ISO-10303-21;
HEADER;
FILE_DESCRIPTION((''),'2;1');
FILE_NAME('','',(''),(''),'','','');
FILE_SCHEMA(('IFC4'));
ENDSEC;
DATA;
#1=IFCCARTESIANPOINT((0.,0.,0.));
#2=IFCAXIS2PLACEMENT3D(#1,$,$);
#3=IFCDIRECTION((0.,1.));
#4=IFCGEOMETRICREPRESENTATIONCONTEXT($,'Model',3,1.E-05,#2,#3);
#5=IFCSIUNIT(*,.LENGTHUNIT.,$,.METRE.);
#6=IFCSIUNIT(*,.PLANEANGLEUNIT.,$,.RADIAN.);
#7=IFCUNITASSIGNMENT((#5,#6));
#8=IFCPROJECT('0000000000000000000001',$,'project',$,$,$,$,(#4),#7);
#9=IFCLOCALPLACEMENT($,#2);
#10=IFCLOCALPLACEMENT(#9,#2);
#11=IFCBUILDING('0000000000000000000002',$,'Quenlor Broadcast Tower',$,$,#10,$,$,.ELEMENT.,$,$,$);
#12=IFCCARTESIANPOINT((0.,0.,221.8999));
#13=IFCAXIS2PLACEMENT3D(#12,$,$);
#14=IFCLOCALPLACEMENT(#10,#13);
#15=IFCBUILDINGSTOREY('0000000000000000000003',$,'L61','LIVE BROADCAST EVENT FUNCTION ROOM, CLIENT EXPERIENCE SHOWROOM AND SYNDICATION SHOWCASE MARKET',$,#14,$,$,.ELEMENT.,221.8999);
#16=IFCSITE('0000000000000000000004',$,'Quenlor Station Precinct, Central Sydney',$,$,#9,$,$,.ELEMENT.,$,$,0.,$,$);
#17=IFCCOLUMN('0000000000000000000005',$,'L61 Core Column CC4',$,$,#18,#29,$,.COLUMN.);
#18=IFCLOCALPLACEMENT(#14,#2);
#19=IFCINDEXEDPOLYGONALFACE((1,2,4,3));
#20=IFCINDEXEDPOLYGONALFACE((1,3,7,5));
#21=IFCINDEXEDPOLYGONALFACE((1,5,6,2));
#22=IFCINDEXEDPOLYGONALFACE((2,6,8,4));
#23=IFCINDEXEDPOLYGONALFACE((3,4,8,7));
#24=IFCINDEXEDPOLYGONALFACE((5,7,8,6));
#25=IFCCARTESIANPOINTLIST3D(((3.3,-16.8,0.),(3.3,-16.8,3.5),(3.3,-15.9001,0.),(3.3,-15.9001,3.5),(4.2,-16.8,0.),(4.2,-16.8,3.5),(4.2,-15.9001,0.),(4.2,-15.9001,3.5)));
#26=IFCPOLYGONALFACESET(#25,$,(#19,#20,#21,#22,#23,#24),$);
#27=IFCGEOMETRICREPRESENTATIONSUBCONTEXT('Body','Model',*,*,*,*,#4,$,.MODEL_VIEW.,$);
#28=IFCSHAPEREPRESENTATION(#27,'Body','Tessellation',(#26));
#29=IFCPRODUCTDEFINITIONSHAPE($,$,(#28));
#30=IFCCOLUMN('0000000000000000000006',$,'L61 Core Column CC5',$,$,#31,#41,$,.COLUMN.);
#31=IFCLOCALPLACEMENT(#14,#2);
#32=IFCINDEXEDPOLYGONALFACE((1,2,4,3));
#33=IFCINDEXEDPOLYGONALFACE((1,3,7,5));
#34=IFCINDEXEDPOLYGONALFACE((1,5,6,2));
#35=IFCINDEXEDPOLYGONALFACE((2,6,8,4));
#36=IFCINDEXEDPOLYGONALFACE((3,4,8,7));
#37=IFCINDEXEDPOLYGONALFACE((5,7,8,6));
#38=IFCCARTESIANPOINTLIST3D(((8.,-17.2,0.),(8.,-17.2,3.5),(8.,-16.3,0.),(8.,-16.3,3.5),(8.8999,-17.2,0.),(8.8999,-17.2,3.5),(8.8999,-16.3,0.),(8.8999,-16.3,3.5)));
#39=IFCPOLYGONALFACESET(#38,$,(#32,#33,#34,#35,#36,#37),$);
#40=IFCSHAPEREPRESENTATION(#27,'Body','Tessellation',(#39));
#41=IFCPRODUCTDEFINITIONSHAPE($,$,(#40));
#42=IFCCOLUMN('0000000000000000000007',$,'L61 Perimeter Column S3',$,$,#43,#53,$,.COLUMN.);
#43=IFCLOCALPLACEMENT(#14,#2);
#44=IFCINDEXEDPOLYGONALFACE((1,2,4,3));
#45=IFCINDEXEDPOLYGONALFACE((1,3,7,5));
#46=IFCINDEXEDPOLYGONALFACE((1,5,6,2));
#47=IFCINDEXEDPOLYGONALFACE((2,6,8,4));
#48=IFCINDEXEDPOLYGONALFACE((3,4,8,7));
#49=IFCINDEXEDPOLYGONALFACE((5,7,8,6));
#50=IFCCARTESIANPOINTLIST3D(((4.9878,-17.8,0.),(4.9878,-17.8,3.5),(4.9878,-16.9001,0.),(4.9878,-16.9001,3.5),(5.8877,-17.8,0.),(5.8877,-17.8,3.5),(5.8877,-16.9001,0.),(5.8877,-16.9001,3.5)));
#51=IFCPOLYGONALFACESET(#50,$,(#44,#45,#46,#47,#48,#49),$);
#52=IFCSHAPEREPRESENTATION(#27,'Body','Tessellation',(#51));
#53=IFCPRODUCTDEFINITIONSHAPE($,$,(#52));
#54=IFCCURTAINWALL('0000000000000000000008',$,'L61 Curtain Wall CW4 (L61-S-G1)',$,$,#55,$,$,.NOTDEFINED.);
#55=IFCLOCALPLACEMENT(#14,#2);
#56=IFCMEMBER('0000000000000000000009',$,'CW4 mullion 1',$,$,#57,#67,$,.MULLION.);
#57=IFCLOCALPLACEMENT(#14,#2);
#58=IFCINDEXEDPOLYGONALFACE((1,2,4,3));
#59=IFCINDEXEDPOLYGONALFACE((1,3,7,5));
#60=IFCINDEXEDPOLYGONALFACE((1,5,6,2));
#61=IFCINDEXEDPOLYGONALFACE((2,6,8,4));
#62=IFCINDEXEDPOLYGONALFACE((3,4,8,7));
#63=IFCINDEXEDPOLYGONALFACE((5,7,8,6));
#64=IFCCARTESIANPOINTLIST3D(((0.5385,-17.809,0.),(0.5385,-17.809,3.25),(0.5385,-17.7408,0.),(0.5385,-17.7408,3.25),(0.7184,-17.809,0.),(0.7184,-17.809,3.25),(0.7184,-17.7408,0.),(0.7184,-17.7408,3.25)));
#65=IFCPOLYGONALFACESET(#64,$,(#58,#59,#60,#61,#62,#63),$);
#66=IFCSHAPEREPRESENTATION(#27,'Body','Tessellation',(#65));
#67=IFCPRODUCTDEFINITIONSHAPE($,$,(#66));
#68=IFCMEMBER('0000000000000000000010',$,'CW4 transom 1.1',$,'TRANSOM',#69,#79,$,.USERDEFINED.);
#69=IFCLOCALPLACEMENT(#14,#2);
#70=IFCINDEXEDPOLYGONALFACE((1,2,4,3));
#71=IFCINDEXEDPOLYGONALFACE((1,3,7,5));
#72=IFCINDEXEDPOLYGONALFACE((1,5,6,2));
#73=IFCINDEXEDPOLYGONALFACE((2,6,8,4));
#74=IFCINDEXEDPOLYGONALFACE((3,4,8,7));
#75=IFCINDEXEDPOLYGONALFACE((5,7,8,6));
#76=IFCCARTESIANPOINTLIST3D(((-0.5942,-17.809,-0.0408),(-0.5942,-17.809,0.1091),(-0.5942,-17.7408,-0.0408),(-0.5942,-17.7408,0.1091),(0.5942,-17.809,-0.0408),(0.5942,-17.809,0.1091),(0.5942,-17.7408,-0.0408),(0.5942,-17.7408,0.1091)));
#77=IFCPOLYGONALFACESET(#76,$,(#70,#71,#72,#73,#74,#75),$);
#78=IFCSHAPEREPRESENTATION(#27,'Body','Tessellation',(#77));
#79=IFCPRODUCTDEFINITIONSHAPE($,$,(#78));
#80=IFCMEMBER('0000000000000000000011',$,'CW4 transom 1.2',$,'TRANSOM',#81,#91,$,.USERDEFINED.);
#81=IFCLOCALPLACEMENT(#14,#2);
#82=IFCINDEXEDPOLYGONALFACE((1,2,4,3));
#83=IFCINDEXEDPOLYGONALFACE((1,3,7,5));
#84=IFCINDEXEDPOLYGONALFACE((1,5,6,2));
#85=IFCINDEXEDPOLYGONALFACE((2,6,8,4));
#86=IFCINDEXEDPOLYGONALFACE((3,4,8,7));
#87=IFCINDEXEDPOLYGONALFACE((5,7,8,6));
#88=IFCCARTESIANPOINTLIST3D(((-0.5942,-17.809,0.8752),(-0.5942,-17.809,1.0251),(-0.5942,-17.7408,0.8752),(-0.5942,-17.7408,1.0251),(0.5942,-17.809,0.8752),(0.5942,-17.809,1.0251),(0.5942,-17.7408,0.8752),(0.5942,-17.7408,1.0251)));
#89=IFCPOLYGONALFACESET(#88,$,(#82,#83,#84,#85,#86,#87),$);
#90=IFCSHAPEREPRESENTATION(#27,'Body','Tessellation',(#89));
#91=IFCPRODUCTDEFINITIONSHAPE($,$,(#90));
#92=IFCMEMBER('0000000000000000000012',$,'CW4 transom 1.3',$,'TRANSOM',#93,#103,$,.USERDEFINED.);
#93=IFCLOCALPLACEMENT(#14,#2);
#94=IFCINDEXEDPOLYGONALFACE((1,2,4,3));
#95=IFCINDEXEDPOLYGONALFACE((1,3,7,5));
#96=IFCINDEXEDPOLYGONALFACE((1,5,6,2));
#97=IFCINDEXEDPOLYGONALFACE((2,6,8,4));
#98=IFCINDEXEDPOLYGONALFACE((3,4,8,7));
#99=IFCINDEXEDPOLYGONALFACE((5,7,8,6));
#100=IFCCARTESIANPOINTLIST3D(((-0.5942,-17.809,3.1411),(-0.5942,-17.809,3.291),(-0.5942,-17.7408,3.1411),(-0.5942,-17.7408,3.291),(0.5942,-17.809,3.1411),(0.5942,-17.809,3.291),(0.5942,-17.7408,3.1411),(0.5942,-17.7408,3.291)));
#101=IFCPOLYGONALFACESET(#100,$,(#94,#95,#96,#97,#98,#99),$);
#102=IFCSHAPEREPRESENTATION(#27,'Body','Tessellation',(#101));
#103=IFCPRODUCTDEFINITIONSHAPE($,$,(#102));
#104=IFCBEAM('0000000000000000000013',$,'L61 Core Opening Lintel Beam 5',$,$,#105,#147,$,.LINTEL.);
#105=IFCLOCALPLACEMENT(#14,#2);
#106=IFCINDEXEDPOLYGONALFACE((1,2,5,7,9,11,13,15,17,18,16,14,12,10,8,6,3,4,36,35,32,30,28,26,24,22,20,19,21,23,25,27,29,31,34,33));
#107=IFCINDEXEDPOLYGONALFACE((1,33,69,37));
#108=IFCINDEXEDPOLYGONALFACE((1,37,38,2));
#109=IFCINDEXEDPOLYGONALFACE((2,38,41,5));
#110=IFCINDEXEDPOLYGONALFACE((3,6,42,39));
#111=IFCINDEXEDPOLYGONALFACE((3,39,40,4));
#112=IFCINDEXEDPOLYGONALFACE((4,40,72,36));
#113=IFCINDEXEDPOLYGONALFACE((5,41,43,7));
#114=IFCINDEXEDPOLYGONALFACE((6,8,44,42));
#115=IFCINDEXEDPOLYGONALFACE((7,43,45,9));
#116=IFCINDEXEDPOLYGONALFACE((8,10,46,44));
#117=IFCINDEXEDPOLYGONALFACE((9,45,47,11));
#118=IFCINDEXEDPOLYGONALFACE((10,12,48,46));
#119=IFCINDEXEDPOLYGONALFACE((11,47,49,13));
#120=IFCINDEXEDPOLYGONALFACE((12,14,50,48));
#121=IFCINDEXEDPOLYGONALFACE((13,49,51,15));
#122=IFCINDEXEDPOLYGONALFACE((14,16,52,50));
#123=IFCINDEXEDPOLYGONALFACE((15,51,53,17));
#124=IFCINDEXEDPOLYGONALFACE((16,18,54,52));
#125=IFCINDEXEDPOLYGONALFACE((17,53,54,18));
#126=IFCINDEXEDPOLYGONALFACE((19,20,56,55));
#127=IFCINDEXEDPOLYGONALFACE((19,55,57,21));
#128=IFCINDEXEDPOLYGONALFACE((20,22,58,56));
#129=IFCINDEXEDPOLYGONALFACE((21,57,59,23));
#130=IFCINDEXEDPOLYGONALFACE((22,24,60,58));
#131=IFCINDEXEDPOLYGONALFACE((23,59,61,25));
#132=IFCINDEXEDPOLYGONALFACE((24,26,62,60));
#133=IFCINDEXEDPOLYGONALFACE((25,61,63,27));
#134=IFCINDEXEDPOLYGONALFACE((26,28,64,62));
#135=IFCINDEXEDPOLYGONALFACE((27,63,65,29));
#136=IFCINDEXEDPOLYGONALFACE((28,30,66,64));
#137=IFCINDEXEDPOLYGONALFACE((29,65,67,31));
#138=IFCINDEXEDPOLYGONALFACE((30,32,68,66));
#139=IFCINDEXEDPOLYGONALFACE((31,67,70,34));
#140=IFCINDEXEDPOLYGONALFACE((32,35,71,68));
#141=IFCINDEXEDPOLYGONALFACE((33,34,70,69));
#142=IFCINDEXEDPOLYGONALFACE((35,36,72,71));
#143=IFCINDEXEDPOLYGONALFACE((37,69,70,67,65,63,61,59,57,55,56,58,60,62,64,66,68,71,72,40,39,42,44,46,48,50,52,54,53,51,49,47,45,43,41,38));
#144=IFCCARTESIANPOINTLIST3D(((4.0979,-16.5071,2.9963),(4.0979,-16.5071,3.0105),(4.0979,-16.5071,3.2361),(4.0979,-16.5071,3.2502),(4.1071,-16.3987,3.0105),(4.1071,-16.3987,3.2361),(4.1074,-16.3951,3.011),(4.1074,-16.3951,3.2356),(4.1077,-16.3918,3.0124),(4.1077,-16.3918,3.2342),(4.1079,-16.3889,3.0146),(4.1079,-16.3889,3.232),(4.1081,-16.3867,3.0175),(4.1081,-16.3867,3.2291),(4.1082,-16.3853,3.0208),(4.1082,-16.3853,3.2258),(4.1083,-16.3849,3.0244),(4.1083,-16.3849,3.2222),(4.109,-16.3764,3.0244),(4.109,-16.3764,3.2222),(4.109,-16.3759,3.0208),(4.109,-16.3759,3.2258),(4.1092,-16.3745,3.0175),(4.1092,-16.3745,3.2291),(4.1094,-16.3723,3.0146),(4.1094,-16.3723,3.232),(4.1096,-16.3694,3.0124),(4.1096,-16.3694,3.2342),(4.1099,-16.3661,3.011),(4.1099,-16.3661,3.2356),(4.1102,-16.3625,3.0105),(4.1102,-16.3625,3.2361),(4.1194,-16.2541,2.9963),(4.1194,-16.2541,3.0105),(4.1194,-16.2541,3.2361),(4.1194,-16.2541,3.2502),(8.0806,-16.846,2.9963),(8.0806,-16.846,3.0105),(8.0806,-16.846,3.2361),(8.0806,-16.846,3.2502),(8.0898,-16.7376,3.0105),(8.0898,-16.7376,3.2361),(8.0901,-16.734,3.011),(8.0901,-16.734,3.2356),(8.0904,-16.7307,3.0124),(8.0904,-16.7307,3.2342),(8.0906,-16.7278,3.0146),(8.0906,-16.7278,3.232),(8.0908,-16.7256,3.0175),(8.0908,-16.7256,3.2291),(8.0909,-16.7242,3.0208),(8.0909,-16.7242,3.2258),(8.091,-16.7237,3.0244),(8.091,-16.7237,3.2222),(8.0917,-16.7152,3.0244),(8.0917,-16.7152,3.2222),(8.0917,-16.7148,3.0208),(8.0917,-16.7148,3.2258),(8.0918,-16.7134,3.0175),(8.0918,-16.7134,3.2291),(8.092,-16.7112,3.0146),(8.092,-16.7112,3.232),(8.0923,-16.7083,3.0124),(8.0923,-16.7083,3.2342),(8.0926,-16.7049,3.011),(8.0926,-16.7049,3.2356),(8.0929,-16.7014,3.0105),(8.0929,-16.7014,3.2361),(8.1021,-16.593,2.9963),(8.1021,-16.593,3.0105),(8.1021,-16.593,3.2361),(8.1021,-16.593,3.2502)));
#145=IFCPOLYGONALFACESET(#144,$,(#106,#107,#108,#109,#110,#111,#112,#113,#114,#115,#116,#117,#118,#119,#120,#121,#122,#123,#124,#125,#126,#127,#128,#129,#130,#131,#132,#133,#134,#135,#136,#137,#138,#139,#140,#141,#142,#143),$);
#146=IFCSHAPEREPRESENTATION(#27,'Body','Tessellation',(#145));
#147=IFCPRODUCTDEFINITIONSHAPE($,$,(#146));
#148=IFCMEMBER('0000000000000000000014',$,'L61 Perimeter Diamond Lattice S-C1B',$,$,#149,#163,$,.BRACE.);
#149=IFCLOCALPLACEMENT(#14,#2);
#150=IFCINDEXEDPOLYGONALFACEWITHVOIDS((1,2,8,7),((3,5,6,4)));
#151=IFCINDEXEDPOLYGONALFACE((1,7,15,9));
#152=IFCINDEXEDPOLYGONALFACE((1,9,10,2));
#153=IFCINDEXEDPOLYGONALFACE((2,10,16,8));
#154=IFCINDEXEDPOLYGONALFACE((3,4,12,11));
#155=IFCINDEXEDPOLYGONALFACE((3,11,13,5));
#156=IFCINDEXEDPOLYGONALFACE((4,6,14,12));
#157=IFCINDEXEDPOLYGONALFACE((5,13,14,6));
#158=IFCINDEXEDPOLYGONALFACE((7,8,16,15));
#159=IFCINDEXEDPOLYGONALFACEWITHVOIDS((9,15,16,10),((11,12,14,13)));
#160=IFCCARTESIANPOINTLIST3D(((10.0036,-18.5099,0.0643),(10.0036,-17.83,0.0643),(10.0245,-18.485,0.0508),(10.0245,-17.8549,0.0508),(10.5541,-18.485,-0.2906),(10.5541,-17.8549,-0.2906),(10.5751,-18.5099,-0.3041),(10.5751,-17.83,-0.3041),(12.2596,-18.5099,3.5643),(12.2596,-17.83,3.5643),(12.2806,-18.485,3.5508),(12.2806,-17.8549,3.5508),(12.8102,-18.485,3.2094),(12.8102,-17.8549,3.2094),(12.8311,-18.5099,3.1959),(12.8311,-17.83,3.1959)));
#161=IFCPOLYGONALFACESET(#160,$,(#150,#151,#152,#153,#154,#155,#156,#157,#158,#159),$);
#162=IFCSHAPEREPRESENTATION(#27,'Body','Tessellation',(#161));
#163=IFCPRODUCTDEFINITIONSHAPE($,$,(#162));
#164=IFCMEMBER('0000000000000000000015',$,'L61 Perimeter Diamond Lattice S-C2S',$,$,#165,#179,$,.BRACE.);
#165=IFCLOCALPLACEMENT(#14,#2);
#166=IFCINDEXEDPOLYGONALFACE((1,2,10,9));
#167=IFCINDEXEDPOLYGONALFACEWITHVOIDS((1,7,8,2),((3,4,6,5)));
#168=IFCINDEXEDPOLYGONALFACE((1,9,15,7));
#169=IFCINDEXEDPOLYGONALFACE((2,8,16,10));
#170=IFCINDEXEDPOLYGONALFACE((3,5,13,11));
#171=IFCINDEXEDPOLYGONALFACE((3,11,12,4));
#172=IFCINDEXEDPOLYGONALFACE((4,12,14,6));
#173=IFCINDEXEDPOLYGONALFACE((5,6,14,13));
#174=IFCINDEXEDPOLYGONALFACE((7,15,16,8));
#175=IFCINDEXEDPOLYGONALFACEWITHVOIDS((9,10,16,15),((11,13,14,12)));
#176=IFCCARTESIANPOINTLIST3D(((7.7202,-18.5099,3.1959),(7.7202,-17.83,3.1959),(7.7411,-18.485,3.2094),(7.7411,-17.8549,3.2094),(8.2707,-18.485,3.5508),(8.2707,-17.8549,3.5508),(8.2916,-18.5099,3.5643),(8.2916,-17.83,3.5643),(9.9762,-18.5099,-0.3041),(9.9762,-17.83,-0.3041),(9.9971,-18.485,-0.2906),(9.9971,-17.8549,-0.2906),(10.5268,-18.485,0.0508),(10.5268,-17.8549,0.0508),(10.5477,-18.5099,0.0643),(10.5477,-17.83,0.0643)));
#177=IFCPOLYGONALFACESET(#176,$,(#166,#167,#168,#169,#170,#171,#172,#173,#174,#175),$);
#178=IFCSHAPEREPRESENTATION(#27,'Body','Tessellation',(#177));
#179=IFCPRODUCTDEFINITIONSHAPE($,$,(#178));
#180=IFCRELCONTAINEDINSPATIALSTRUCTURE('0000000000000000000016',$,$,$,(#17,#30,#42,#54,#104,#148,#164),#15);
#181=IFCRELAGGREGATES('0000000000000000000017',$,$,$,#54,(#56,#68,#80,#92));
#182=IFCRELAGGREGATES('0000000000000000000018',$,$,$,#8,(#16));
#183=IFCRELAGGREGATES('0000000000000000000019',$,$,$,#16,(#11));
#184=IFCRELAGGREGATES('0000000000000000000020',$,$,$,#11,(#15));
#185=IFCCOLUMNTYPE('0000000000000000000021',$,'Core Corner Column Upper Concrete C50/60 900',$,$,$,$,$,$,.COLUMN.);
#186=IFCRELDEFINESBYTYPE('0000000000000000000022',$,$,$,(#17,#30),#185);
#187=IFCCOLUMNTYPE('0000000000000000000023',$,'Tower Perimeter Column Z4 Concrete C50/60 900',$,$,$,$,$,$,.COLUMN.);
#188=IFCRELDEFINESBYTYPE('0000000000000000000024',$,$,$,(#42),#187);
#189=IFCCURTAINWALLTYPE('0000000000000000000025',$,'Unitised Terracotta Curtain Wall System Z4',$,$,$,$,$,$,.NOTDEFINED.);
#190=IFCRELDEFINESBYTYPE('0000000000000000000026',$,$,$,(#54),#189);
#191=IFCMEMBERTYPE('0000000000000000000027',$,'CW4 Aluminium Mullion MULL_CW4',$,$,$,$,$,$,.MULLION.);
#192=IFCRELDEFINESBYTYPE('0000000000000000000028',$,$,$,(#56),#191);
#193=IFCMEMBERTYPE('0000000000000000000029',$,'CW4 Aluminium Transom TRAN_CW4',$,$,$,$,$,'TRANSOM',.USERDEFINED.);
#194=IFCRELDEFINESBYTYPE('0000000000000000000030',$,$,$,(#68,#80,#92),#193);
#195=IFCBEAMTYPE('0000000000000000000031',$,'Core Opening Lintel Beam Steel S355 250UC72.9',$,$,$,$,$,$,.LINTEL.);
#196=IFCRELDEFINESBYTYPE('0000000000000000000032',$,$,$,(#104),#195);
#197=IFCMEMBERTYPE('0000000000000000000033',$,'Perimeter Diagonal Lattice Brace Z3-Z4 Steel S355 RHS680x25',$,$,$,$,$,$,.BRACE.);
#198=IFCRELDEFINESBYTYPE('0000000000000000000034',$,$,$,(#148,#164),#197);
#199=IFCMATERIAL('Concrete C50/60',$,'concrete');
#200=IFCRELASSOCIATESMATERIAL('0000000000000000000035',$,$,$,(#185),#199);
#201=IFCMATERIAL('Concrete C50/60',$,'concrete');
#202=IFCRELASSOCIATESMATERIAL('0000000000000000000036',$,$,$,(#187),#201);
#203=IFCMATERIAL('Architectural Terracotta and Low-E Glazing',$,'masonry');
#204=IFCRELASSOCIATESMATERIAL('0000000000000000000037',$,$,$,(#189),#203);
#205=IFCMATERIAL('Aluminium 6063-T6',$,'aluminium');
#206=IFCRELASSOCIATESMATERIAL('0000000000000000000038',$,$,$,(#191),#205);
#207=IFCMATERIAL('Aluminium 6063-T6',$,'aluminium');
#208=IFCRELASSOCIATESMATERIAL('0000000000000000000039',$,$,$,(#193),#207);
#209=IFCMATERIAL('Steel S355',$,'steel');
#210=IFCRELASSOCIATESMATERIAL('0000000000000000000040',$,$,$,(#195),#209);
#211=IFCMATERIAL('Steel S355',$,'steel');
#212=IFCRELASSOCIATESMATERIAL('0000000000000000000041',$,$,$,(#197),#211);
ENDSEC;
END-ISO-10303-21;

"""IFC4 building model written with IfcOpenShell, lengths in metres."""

from ifc_helpers import new_model, si_unit, direction, frame, origin, origin_2d, place, context, subcontext, project, spatial, rectangle, hollow_rectangle, i_section, extrude, material, material_profile, profile_set, type_object, element, aggregate, save


model = new_model("IFC4")

# Units and contexts
model_context = context("Model", 3, precision=1e-05, world=origin(), true_north=direction((0.0, 1.0)))
body_context = subcontext(model_context, "Body", "Model", "MODEL_VIEW")
ifc_project = project(units=[si_unit("LENGTHUNIT", "METRE"), si_unit("PLANEANGLEUNIT", "RADIAN")], contexts=[model_context])

# Site, building, storey
site_placement = place(None, origin())
site = spatial("IfcSite", under=ifc_project, at=site_placement, Name="Quenlor Station Precinct, Central Sydney", CompositionType="ELEMENT", RefElevation=0.0)
building_placement = place(site_placement, origin())
building = spatial("IfcBuilding", under=site, at=building_placement, Name="Quenlor Broadcast Tower", CompositionType="ELEMENT")
storey_placement = place(building_placement, frame((0.0, 0.0, 221.8999)))
storey = spatial("IfcBuildingStorey", under=building, at=storey_placement, Name="L61", Description="LIVE BROADCAST EVENT FUNCTION ROOM, CLIENT EXPERIENCE SHOWROOM AND SYNDICATION SHOWCASE MARKET", CompositionType="ELEMENT", Elevation=221.8999)

# Columns
ifc_material_1 = material(Name="Concrete C50/60", Category="concrete")
ifc_material_profile_1 = material_profile(ifc_material_1, rectangle(XDim=0.8999, YDim=0.8999, at=origin_2d()))
ifc_profile_set_1 = profile_set([ifc_material_profile_1], Name="Concrete C50/60 RC900x900")
column_type_1 = type_object("IfcColumnType", Name="Core Corner Column Upper Concrete C50/60 900", PredefinedType="COLUMN", material=ifc_profile_set_1)
for number, where, z_axis, x_axis, name in (
    (1, (3.75, -16.3501, 0.0), (0.0, 0.0, 1.0), (1.0, 0.0, 0.0), "L61 Core Column CC4"),
    (2, (8.45, -16.75, 0.0), (0.0, 0.0, 1.0), (1.0, 0.0, 0.0), "L61 Core Column CC5"),
):
    element("IfcColumn", number, at=place(storey_placement, frame(where, z_axis=z_axis, x_axis=x_axis)), inside=storey, type_object=column_type_1, Name=name, PredefinedType="COLUMN", context=body_context, shape_type="SweptSolid", body=[
        extrude(rectangle(XDim=0.8999, YDim=0.8999, at=origin_2d()), origin(), (0.0, 0.0, 1.0), 3.5),
    ])
ifc_material_2 = material(Name="Concrete C50/60", Category="concrete")
ifc_material_profile_2 = material_profile(ifc_material_2, rectangle(XDim=0.8999, YDim=0.8999, at=origin_2d()))
ifc_profile_set_2 = profile_set([ifc_material_profile_2], Name="Concrete C50/60 RC900x900")
column_type_2 = type_object("IfcColumnType", Name="Tower Perimeter Column Z4 Concrete C50/60 900", PredefinedType="COLUMN", material=ifc_profile_set_2)
column_placement = place(storey_placement, frame((5.4377, -17.3501, 0.0), z_axis=(0.0, 0.0, 1.0), x_axis=(0.0, 1.0, 0.0)))
element("IfcColumn", 3, at=column_placement, inside=storey, type_object=column_type_2, Name="L61 Perimeter Column S3", PredefinedType="COLUMN", context=body_context, shape_type="SweptSolid", body=[
    extrude(rectangle(XDim=0.8999, YDim=0.8999, at=origin_2d()), origin(), (0.0, 0.0, 1.0), 3.5),
])

# Curtain wall, members
ifc_material_3 = material(Name="Architectural Terracotta and Low-E Glazing", Category="masonry")
curtain_wall_type = type_object("IfcCurtainWallType", Name="Unitised Terracotta Curtain Wall System Z4", PredefinedType="NOTDEFINED", material=ifc_material_3)
curtain_wall_placement = place(storey_placement, origin())
curtain_wall = element("IfcCurtainWall", 4, at=curtain_wall_placement, inside=storey, type_object=curtain_wall_type, Name="L61 Curtain Wall CW4 (L61-S-G1)", PredefinedType="NOTDEFINED")
ifc_material_4 = material(Name="Aluminium 6063-T6", Category="aluminium")
ifc_material_profile_3 = material_profile(ifc_material_4, rectangle(XDim=0.0681, YDim=0.1799, at=origin_2d()))
ifc_profile_set_3 = profile_set([ifc_material_profile_3], Name="Aluminium 6063-T6 MULL68x180")
member_type_1 = type_object("IfcMemberType", Name="CW4 Aluminium Mullion MULL_CW4", PredefinedType="MULLION", material=ifc_profile_set_3)
member_1_placement = place(storey_placement, frame((0.6284, -17.7749, 0.0), z_axis=(0.0, 0.0, 1.0), x_axis=(0.0, -1.0, 0.0)))
member_1 = element("IfcMember", 5, at=member_1_placement, type_object=member_type_1, Name="CW4 mullion 1", PredefinedType="MULLION", context=body_context, shape_type="SweptSolid", body=[
    extrude(rectangle(XDim=0.0681, YDim=0.1799, at=origin_2d()), origin(), (0.0, 0.0, 1.0), 3.25),
])
ifc_material_5 = material(Name="Aluminium 6063-T6", Category="aluminium")
ifc_material_profile_4 = material_profile(ifc_material_5, rectangle(XDim=0.0681, YDim=0.1499, at=origin_2d()))
ifc_profile_set_4 = profile_set([ifc_material_profile_4], Name="Aluminium 6063-T6 TRAN68x150")
member_type_2 = type_object("IfcMemberType", Name="CW4 Aluminium Transom TRAN_CW4", ElementType="TRANSOM", PredefinedType="USERDEFINED", material=ifc_profile_set_4)
member_2_placement = place(storey_placement, frame((0.5942, -17.7749, 0.0342), z_axis=(-1.0, 0.0, 0.0), x_axis=(0.0, -1.0, 0.0)))
member_2 = element("IfcMember", 6, at=member_2_placement, type_object=member_type_2, Name="CW4 transom 1.1", ObjectType="TRANSOM", PredefinedType="USERDEFINED", context=body_context, shape_type="SweptSolid", body=[
    extrude(rectangle(XDim=0.0681, YDim=0.1499, at=origin_2d()), origin(), (0.0, 0.0, 1.0), 1.1885),
])
member_3_placement = place(storey_placement, frame((0.5942, -17.7749, 0.9502), z_axis=(-1.0, 0.0, 0.0), x_axis=(0.0, -1.0, 0.0)))
member_3 = element("IfcMember", 7, at=member_3_placement, type_object=member_type_2, Name="CW4 transom 1.2", ObjectType="TRANSOM", PredefinedType="USERDEFINED", context=body_context, shape_type="SweptSolid", body=[
    extrude(rectangle(XDim=0.0681, YDim=0.1499, at=origin_2d()), origin(), (0.0, 0.0, 1.0), 1.1885),
])
member_4_placement = place(storey_placement, frame((0.5942, -17.7749, 3.2161), z_axis=(-1.0, 0.0, 0.0), x_axis=(0.0, -1.0, 0.0)))
member_4 = element("IfcMember", 8, at=member_4_placement, type_object=member_type_2, Name="CW4 transom 1.3", ObjectType="TRANSOM", PredefinedType="USERDEFINED", context=body_context, shape_type="SweptSolid", body=[
    extrude(rectangle(XDim=0.0681, YDim=0.1499, at=origin_2d()), origin(), (0.0, 0.0, 1.0), 1.1885),
])
aggregate(curtain_wall, [member_1, member_2, member_3, member_4])

# Beam
ifc_material_6 = material(Name="Steel S355", Category="steel")
ifc_material_profile_5 = material_profile(ifc_material_6, i_section(OverallWidth=0.2539, OverallDepth=0.2539, WebThickness=0.0085, FlangeThickness=0.0142, FilletRadius=0.0139, at=origin_2d()))
ifc_profile_set_5 = profile_set([ifc_material_profile_5], Name="Steel S355 250UC72.9")
beam_type_1 = type_object("IfcBeamType", Name="Core Opening Lintel Beam Steel S355 250UC72.9", PredefinedType="LINTEL", material=ifc_profile_set_5)
beam_1_placement = place(storey_placement, frame((4.1086, -16.3806, 3.1233), z_axis=(0.9964, -0.084779, 0.0), x_axis=(0.084779, 0.9964, 0.0)))
element("IfcBeam", 9, at=beam_1_placement, inside=storey, type_object=beam_type_1, Name="L61 Core Opening Lintel Beam 5", PredefinedType="LINTEL", context=body_context, shape_type="SweptSolid", body=[
    extrude(i_section(OverallWidth=0.2539, OverallDepth=0.2539, WebThickness=0.0085, FlangeThickness=0.0142, FilletRadius=0.0139, at=origin_2d()), origin(), (0.0, 0.0, 1.0), 3.9971),
])

# Members
ifc_material_7 = material(Name="Steel S355", Category="steel")
ifc_material_profile_6 = material_profile(ifc_material_7, hollow_rectangle(XDim=0.6799, YDim=0.6799, WallThickness=0.0249, at=origin_2d()))
ifc_profile_set_6 = profile_set([ifc_material_profile_6], Name="Steel S355 RHS680x680x25")
member_type_3 = type_object("IfcMemberType", Name="Perimeter Diagonal Lattice Brace Z3-Z4 Steel S355 RHS680x25", PredefinedType="BRACE", material=ifc_profile_set_6)
for number, where, z_axis, x_axis, name in (
    (10, (10.2893, -18.1699, -0.1199), (0.541794, 0.0, 0.840511), (0.0, 1.0, 0.0), "L61 Perimeter Diamond Lattice S-C1B"),
    (11, (10.262, -18.1699, -0.1199), (-0.541794, 0.0, 0.840511), (0.0, -1.0, 0.0), "L61 Perimeter Diamond Lattice S-C2S"),
):
    element("IfcMember", number, at=place(storey_placement, frame(where, z_axis=z_axis, x_axis=x_axis)), inside=storey, type_object=member_type_3, Name=name, PredefinedType="BRACE", context=body_context, shape_type="SweptSolid", body=[
        extrude(hollow_rectangle(XDim=0.6799, YDim=0.6799, WallThickness=0.0249, at=origin_2d()), origin(), (0.0, 0.0, 1.0), 4.1641),
    ])

save(model, "model.ifc")
